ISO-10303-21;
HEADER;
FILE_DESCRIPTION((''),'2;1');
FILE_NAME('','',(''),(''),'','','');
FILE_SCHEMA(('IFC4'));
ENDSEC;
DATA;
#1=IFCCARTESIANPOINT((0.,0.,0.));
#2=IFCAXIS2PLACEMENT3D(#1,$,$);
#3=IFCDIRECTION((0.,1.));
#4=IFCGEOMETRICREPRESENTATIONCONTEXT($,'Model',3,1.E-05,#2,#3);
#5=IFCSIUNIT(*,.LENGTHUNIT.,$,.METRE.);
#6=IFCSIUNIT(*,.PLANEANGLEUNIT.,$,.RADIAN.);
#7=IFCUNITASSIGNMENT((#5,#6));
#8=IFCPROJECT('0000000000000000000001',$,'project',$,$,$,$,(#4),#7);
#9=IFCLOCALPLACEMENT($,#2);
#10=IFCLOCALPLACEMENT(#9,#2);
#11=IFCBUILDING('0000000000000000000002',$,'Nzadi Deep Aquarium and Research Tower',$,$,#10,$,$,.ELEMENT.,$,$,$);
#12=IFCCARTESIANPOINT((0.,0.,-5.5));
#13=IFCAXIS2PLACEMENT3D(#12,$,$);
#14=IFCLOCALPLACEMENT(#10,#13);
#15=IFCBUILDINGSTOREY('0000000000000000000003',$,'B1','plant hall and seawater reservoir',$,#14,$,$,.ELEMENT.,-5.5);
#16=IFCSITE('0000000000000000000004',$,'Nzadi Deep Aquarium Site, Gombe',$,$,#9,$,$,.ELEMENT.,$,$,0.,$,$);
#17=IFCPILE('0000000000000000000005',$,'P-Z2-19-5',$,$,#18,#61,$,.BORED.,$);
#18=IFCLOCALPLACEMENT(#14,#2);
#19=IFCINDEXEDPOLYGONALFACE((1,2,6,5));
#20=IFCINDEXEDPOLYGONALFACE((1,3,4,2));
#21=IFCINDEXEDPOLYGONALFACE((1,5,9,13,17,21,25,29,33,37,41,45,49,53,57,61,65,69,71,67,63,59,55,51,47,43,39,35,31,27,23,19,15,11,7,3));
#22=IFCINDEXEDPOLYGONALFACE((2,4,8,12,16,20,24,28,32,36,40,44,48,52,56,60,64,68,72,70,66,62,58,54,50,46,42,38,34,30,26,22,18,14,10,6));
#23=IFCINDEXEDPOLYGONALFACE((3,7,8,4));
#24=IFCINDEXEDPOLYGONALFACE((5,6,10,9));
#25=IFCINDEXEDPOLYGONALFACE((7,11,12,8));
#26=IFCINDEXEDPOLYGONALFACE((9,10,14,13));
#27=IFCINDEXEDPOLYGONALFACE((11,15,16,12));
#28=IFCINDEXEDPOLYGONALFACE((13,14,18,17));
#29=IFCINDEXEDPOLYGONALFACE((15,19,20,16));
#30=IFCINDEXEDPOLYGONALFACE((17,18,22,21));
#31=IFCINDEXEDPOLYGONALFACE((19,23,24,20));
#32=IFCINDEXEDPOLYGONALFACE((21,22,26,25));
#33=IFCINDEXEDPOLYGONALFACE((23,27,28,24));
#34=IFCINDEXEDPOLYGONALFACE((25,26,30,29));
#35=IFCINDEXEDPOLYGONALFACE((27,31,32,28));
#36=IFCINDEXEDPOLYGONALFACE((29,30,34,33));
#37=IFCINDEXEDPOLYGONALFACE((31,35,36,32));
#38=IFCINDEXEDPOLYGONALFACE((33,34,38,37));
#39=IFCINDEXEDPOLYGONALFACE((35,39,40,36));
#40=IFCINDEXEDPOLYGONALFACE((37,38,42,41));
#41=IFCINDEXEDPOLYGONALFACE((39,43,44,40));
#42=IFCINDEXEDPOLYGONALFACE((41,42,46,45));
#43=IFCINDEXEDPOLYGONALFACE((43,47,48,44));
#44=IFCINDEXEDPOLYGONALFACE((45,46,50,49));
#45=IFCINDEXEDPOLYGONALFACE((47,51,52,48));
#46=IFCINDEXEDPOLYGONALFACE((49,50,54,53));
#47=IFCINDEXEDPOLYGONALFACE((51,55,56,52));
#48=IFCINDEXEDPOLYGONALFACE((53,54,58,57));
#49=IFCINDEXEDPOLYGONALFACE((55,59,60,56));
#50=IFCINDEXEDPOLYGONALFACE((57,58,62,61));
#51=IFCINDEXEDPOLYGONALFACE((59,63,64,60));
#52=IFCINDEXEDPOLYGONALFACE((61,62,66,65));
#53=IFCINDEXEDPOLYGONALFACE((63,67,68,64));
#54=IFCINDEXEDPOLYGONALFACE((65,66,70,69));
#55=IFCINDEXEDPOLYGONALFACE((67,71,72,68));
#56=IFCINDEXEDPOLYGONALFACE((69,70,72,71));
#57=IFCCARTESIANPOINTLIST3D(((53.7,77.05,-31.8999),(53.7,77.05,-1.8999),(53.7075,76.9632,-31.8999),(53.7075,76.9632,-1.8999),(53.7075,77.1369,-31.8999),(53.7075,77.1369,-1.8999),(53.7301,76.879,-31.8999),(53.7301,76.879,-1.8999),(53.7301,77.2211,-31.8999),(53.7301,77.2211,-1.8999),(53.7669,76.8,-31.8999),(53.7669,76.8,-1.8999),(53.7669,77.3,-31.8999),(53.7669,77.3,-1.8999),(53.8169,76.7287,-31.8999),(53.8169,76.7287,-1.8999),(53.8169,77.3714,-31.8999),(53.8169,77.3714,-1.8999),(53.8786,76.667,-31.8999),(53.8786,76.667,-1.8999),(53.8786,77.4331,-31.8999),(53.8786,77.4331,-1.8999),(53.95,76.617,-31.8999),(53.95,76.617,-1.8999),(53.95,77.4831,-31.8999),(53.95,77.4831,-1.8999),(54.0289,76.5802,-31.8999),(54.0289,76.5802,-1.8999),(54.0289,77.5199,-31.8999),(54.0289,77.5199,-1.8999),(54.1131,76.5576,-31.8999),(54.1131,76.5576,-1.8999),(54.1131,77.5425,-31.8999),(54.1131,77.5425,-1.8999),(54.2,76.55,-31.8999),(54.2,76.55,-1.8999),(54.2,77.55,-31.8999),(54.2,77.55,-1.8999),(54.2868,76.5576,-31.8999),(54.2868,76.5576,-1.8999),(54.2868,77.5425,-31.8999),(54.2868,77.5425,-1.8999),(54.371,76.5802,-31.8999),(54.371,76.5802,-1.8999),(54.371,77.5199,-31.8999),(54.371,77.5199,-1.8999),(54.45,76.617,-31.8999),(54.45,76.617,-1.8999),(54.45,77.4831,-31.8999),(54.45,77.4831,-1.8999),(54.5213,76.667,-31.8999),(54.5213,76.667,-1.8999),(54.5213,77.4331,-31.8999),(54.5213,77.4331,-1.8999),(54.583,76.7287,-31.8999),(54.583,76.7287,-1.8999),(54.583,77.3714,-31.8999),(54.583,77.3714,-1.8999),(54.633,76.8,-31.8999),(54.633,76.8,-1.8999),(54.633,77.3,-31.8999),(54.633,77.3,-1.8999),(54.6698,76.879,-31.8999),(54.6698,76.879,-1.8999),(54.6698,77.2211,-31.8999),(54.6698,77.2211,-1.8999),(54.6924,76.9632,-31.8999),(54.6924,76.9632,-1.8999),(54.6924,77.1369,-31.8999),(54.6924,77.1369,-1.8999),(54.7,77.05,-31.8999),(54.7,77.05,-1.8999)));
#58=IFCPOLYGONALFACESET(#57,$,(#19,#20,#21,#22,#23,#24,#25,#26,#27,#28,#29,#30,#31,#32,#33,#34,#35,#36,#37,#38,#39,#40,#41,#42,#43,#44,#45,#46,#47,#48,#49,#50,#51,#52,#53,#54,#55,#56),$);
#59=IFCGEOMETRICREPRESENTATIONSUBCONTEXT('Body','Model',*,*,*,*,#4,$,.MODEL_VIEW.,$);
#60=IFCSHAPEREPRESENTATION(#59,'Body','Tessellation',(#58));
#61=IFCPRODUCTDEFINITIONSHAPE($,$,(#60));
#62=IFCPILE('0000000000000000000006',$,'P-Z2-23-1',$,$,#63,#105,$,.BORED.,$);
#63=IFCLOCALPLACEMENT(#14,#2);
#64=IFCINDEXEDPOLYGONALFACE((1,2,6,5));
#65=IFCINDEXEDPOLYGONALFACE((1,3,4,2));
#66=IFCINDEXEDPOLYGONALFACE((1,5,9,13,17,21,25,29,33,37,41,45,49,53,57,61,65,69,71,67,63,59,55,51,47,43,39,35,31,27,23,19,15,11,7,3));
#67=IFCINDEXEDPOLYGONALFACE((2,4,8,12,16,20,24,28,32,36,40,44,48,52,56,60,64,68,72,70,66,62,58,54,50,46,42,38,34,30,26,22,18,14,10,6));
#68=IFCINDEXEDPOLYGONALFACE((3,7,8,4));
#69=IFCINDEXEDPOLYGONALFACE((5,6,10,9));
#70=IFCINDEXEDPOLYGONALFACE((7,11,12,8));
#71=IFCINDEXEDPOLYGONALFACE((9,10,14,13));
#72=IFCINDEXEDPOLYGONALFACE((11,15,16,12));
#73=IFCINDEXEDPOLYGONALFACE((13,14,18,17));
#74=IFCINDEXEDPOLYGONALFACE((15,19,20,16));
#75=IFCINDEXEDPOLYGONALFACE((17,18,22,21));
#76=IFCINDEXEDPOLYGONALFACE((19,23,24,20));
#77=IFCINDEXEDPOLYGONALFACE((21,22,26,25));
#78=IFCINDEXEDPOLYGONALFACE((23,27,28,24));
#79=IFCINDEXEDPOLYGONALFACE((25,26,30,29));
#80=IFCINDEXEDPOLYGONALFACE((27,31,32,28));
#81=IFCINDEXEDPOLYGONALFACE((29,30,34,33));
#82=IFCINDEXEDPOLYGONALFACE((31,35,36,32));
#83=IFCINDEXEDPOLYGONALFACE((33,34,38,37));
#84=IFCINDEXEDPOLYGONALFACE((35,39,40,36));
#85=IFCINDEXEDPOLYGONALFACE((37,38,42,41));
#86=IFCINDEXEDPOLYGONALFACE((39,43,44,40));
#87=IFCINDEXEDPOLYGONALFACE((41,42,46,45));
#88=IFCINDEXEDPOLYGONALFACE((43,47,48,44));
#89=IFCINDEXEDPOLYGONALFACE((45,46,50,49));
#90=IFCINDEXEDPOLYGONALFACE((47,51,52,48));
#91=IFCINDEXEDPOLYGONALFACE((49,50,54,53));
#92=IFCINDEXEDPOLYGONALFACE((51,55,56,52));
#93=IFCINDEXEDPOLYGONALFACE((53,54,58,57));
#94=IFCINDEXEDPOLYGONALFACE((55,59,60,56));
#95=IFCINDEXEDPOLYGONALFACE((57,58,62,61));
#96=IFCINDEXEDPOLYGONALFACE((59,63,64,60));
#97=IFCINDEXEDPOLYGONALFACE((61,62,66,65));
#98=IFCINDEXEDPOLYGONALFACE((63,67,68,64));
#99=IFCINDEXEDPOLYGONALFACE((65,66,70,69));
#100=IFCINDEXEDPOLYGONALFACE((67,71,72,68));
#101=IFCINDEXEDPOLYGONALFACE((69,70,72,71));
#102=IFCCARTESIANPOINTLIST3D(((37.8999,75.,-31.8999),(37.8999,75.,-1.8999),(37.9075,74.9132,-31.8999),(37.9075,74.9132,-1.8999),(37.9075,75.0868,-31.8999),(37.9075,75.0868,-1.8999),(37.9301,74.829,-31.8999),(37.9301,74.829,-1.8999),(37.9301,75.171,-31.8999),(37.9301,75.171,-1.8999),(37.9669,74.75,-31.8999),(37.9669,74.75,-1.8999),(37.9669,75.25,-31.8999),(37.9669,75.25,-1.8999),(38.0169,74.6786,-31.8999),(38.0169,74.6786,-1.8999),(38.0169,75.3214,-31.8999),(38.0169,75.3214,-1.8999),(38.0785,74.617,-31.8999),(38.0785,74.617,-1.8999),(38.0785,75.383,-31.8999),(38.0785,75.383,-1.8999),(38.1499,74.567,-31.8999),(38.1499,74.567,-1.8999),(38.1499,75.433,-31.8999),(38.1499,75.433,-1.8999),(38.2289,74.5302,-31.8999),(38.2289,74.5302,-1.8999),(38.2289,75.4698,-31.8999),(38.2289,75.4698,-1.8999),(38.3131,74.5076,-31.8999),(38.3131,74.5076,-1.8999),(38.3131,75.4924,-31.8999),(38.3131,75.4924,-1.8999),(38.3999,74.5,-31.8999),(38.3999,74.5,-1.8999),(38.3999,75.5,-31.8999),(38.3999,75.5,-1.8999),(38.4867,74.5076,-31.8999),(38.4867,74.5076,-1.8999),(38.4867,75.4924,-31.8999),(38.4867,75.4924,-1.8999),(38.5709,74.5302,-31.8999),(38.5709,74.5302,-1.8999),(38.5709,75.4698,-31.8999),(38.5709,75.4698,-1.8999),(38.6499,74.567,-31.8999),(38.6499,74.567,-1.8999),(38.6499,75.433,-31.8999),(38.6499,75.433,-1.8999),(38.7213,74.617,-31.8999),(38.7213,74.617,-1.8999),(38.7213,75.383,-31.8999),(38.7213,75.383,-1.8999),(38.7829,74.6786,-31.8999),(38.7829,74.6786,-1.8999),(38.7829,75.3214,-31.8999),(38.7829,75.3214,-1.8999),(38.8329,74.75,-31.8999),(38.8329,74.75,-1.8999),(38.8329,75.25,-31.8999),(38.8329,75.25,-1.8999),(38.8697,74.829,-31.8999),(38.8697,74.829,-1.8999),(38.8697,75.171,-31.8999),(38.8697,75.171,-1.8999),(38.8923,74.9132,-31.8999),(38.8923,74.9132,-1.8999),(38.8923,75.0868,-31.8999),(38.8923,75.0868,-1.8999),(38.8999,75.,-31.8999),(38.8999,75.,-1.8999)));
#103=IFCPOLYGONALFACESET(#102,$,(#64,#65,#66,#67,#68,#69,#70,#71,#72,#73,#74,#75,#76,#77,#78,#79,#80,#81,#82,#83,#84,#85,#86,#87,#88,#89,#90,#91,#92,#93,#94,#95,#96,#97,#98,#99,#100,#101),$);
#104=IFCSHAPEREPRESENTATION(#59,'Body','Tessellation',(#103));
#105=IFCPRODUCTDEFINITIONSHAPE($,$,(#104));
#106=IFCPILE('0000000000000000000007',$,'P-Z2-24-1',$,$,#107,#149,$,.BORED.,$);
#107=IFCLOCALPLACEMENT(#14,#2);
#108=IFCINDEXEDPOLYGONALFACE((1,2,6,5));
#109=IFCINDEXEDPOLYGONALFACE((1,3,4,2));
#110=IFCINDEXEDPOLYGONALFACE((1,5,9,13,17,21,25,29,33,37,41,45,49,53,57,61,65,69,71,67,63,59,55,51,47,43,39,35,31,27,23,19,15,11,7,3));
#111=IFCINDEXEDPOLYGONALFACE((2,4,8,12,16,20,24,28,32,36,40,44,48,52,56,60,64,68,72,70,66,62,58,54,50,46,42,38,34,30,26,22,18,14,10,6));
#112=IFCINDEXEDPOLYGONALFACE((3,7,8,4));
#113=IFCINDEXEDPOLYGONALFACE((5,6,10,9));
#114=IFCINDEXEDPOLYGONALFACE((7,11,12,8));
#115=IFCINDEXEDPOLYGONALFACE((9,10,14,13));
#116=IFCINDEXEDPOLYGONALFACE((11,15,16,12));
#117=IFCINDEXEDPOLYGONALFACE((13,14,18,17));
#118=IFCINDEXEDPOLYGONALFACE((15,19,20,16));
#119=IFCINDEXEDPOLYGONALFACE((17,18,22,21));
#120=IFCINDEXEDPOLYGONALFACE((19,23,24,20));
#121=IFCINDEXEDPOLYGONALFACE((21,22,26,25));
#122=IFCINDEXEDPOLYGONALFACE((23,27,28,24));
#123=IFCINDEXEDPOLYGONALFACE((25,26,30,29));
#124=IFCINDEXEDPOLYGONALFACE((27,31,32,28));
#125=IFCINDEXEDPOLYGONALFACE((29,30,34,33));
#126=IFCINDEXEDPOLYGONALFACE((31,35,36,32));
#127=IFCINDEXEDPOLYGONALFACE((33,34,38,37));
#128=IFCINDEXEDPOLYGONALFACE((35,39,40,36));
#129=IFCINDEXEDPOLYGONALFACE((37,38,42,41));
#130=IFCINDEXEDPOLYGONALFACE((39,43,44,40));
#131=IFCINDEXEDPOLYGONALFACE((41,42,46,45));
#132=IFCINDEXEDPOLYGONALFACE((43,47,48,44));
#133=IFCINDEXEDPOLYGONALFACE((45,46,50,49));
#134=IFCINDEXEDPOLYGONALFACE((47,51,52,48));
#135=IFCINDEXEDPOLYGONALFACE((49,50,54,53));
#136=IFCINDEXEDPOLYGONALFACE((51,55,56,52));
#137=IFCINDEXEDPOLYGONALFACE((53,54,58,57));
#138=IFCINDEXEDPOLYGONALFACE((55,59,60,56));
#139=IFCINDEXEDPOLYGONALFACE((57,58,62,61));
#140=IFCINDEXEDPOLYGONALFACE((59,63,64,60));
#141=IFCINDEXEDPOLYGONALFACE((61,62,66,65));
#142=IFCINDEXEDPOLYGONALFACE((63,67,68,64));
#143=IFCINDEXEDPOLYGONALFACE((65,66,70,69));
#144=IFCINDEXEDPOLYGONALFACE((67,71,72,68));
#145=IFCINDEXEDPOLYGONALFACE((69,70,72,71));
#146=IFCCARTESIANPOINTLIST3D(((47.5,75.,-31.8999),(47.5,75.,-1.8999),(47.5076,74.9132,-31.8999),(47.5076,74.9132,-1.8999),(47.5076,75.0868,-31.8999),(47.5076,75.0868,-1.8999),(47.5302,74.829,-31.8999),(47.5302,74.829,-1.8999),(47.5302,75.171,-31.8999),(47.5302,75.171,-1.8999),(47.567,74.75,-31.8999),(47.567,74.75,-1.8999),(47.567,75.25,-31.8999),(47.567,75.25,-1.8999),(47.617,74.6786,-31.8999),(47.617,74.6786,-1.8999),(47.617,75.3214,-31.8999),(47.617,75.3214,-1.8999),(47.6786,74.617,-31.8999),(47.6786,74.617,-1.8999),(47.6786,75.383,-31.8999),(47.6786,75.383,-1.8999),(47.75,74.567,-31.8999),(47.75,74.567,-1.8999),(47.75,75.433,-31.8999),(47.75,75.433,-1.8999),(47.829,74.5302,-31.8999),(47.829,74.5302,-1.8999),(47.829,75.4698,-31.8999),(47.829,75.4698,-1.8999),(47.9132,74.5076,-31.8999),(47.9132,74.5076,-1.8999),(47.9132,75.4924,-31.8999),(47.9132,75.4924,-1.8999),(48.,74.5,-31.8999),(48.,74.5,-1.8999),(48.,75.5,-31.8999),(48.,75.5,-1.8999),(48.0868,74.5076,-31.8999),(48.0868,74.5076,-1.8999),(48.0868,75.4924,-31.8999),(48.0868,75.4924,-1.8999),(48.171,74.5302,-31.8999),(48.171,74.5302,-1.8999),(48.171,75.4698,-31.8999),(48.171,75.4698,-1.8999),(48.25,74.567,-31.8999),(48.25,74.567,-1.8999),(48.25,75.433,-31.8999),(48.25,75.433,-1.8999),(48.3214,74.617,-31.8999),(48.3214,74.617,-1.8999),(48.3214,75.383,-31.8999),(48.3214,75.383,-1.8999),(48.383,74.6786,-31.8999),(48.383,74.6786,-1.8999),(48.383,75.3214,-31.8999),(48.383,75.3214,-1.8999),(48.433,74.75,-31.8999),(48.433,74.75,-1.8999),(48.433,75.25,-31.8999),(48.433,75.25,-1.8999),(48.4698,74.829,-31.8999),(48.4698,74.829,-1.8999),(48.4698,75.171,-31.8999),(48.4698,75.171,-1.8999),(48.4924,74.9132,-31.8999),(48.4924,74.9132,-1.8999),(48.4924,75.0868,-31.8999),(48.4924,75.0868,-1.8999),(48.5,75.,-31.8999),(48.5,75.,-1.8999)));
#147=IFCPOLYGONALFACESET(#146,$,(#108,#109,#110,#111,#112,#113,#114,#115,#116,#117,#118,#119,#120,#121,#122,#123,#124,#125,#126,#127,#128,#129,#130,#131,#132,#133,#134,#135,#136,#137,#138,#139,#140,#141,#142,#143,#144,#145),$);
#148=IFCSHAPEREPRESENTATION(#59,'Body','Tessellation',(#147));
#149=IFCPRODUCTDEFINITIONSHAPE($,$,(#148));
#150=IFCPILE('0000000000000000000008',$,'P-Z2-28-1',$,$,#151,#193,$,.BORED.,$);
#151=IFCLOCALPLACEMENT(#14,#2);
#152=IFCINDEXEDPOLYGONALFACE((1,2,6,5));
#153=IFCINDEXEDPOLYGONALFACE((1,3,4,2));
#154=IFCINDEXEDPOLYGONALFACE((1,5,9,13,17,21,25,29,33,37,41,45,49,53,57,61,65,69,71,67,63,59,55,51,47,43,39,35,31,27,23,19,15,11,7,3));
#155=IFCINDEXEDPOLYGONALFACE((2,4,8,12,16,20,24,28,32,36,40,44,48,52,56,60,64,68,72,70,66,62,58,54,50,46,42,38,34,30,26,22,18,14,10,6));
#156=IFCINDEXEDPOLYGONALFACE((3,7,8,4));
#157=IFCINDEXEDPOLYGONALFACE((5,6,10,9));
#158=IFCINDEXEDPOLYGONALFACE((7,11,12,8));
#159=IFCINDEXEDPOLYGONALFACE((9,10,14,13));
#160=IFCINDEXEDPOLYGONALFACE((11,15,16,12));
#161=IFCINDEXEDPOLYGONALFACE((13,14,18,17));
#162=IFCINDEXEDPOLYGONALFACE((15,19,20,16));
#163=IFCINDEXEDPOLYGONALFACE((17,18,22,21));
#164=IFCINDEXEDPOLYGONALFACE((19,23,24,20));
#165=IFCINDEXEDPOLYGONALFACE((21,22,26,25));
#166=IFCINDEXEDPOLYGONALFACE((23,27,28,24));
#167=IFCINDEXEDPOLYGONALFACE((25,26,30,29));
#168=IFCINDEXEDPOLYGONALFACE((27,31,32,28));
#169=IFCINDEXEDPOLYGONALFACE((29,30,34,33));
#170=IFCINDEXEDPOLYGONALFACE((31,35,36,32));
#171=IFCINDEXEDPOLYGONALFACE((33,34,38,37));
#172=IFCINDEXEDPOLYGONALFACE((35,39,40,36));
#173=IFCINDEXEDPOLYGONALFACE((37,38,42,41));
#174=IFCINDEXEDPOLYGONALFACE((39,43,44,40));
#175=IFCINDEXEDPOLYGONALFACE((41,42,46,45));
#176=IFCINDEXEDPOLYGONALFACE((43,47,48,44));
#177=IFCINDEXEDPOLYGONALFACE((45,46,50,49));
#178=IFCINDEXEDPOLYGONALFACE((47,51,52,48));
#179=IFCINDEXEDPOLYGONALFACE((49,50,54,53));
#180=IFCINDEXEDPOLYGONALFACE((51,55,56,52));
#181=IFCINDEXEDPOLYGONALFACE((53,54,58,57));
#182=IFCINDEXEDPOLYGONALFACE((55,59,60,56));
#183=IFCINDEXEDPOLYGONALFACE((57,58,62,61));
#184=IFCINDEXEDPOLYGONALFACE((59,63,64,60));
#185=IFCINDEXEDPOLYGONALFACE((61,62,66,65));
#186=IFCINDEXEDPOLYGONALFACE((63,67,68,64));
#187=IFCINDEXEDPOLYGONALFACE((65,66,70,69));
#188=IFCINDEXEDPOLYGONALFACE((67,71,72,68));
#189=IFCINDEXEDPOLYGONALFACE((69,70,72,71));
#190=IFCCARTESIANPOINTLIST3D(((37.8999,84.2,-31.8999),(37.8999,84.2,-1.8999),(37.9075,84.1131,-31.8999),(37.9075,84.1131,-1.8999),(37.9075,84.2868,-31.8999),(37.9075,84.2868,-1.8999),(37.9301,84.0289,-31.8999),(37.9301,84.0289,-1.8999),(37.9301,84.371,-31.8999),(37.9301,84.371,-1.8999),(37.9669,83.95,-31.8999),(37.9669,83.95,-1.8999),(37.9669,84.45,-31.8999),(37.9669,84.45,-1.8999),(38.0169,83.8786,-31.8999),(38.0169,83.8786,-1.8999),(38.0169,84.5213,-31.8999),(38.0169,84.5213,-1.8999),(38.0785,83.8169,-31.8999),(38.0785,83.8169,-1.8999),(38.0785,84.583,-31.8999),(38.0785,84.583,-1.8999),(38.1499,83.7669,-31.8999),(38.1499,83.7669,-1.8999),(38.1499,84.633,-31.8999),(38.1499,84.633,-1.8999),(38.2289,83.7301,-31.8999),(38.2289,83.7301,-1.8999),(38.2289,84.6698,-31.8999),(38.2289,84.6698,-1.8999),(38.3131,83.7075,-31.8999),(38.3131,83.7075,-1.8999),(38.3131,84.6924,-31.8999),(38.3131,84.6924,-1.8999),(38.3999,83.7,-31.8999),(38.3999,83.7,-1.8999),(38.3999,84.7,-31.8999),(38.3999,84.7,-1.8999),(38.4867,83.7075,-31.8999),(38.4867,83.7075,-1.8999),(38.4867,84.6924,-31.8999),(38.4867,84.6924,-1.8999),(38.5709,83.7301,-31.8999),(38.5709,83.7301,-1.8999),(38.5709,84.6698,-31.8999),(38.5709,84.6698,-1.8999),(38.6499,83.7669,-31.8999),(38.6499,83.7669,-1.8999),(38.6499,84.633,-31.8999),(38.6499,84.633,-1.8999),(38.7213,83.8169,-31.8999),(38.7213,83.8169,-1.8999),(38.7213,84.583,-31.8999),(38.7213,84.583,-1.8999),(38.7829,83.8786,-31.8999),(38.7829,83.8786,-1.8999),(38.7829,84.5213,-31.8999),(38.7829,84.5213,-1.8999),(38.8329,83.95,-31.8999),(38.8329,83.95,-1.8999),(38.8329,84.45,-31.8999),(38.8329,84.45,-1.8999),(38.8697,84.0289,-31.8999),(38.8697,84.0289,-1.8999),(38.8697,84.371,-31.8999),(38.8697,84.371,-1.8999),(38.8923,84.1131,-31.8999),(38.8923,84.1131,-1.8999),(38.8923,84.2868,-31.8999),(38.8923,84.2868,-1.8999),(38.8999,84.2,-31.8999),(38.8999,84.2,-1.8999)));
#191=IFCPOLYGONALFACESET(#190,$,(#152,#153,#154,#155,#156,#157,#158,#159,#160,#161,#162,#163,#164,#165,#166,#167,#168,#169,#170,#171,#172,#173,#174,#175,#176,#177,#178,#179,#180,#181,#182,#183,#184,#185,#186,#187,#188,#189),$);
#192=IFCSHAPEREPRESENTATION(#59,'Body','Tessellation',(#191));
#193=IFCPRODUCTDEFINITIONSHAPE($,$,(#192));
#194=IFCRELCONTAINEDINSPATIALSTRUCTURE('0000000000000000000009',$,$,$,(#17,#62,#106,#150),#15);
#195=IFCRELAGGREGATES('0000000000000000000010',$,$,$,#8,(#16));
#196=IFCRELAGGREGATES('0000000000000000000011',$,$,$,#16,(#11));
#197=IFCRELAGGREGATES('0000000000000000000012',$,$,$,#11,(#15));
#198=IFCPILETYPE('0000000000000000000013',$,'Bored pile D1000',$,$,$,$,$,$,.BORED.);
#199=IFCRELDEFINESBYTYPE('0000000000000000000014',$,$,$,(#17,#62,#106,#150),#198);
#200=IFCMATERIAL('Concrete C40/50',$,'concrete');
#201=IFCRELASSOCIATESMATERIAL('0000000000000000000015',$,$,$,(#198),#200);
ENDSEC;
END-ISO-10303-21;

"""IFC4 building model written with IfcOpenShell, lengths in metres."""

from ifc_helpers import new_model, si_unit, direction, frame, origin, origin_2d, place, context, subcontext, project, spatial, circle, extrude, material, material_profile, profile_set, type_object, element, save


model = new_model("IFC4")

# Units and contexts
model_context = context("Model", 3, precision=1e-05, world=origin(), true_north=direction((0.0, 1.0)))
body_context = subcontext(model_context, "Body", "Model", "MODEL_VIEW")
ifc_project = project(units=[si_unit("LENGTHUNIT", "METRE"), si_unit("PLANEANGLEUNIT", "RADIAN")], contexts=[model_context])

# Site, building, storey
site_placement = place(None, origin())
site = spatial("IfcSite", under=ifc_project, at=site_placement, Name="Nzadi Deep Aquarium Site, Gombe", CompositionType="ELEMENT", RefElevation=0.0)
building_placement = place(site_placement, origin())
building = spatial("IfcBuilding", under=site, at=building_placement, Name="Nzadi Deep Aquarium and Research Tower", CompositionType="ELEMENT")
storey_placement = place(building_placement, frame((0.0, 0.0, -5.5)))
storey = spatial("IfcBuildingStorey", under=building, at=storey_placement, Name="B1", Description="plant hall and seawater reservoir", CompositionType="ELEMENT", Elevation=-5.5)

# Piles
ifc_material_1 = material(Name="Concrete C40/50", Category="concrete")
ifc_material_profile_1 = material_profile(ifc_material_1, circle(Radius=0.5, at=origin_2d()))
ifc_profile_set_1 = profile_set([ifc_material_profile_1], Name="Concrete C40/50")
pile_type_1 = type_object("IfcPileType", Name="Bored pile D1000", PredefinedType="BORED", material=ifc_profile_set_1)
for number, where, z_axis, x_axis, name in (
    (1, (54.2, 77.05, -1.8999), (0.0, 0.0, -1.0), (1.0, 0.0, 0.0), "P-Z2-19-5"),
    (2, (38.3999, 75.0, -1.8999), (0.0, 0.0, -1.0), (1.0, 0.0, 0.0), "P-Z2-23-1"),
    (3, (48.0, 75.0, -1.8999), (0.0, 0.0, -1.0), (1.0, 0.0, 0.0), "P-Z2-24-1"),
    (4, (38.3999, 84.2, -1.8999), (0.0, 0.0, -1.0), (1.0, 0.0, 0.0), "P-Z2-28-1"),
):
    element("IfcPile", number, at=place(storey_placement, frame(where, z_axis=z_axis, x_axis=x_axis)), inside=storey, type_object=pile_type_1, Name=name, PredefinedType="BORED", context=body_context, shape_type="SweptSolid", body=[
        extrude(circle(Radius=0.5, at=origin_2d()), origin(), (0.0, 0.0, 1.0), 30.0),
    ])

save(model, "model.ifc")
